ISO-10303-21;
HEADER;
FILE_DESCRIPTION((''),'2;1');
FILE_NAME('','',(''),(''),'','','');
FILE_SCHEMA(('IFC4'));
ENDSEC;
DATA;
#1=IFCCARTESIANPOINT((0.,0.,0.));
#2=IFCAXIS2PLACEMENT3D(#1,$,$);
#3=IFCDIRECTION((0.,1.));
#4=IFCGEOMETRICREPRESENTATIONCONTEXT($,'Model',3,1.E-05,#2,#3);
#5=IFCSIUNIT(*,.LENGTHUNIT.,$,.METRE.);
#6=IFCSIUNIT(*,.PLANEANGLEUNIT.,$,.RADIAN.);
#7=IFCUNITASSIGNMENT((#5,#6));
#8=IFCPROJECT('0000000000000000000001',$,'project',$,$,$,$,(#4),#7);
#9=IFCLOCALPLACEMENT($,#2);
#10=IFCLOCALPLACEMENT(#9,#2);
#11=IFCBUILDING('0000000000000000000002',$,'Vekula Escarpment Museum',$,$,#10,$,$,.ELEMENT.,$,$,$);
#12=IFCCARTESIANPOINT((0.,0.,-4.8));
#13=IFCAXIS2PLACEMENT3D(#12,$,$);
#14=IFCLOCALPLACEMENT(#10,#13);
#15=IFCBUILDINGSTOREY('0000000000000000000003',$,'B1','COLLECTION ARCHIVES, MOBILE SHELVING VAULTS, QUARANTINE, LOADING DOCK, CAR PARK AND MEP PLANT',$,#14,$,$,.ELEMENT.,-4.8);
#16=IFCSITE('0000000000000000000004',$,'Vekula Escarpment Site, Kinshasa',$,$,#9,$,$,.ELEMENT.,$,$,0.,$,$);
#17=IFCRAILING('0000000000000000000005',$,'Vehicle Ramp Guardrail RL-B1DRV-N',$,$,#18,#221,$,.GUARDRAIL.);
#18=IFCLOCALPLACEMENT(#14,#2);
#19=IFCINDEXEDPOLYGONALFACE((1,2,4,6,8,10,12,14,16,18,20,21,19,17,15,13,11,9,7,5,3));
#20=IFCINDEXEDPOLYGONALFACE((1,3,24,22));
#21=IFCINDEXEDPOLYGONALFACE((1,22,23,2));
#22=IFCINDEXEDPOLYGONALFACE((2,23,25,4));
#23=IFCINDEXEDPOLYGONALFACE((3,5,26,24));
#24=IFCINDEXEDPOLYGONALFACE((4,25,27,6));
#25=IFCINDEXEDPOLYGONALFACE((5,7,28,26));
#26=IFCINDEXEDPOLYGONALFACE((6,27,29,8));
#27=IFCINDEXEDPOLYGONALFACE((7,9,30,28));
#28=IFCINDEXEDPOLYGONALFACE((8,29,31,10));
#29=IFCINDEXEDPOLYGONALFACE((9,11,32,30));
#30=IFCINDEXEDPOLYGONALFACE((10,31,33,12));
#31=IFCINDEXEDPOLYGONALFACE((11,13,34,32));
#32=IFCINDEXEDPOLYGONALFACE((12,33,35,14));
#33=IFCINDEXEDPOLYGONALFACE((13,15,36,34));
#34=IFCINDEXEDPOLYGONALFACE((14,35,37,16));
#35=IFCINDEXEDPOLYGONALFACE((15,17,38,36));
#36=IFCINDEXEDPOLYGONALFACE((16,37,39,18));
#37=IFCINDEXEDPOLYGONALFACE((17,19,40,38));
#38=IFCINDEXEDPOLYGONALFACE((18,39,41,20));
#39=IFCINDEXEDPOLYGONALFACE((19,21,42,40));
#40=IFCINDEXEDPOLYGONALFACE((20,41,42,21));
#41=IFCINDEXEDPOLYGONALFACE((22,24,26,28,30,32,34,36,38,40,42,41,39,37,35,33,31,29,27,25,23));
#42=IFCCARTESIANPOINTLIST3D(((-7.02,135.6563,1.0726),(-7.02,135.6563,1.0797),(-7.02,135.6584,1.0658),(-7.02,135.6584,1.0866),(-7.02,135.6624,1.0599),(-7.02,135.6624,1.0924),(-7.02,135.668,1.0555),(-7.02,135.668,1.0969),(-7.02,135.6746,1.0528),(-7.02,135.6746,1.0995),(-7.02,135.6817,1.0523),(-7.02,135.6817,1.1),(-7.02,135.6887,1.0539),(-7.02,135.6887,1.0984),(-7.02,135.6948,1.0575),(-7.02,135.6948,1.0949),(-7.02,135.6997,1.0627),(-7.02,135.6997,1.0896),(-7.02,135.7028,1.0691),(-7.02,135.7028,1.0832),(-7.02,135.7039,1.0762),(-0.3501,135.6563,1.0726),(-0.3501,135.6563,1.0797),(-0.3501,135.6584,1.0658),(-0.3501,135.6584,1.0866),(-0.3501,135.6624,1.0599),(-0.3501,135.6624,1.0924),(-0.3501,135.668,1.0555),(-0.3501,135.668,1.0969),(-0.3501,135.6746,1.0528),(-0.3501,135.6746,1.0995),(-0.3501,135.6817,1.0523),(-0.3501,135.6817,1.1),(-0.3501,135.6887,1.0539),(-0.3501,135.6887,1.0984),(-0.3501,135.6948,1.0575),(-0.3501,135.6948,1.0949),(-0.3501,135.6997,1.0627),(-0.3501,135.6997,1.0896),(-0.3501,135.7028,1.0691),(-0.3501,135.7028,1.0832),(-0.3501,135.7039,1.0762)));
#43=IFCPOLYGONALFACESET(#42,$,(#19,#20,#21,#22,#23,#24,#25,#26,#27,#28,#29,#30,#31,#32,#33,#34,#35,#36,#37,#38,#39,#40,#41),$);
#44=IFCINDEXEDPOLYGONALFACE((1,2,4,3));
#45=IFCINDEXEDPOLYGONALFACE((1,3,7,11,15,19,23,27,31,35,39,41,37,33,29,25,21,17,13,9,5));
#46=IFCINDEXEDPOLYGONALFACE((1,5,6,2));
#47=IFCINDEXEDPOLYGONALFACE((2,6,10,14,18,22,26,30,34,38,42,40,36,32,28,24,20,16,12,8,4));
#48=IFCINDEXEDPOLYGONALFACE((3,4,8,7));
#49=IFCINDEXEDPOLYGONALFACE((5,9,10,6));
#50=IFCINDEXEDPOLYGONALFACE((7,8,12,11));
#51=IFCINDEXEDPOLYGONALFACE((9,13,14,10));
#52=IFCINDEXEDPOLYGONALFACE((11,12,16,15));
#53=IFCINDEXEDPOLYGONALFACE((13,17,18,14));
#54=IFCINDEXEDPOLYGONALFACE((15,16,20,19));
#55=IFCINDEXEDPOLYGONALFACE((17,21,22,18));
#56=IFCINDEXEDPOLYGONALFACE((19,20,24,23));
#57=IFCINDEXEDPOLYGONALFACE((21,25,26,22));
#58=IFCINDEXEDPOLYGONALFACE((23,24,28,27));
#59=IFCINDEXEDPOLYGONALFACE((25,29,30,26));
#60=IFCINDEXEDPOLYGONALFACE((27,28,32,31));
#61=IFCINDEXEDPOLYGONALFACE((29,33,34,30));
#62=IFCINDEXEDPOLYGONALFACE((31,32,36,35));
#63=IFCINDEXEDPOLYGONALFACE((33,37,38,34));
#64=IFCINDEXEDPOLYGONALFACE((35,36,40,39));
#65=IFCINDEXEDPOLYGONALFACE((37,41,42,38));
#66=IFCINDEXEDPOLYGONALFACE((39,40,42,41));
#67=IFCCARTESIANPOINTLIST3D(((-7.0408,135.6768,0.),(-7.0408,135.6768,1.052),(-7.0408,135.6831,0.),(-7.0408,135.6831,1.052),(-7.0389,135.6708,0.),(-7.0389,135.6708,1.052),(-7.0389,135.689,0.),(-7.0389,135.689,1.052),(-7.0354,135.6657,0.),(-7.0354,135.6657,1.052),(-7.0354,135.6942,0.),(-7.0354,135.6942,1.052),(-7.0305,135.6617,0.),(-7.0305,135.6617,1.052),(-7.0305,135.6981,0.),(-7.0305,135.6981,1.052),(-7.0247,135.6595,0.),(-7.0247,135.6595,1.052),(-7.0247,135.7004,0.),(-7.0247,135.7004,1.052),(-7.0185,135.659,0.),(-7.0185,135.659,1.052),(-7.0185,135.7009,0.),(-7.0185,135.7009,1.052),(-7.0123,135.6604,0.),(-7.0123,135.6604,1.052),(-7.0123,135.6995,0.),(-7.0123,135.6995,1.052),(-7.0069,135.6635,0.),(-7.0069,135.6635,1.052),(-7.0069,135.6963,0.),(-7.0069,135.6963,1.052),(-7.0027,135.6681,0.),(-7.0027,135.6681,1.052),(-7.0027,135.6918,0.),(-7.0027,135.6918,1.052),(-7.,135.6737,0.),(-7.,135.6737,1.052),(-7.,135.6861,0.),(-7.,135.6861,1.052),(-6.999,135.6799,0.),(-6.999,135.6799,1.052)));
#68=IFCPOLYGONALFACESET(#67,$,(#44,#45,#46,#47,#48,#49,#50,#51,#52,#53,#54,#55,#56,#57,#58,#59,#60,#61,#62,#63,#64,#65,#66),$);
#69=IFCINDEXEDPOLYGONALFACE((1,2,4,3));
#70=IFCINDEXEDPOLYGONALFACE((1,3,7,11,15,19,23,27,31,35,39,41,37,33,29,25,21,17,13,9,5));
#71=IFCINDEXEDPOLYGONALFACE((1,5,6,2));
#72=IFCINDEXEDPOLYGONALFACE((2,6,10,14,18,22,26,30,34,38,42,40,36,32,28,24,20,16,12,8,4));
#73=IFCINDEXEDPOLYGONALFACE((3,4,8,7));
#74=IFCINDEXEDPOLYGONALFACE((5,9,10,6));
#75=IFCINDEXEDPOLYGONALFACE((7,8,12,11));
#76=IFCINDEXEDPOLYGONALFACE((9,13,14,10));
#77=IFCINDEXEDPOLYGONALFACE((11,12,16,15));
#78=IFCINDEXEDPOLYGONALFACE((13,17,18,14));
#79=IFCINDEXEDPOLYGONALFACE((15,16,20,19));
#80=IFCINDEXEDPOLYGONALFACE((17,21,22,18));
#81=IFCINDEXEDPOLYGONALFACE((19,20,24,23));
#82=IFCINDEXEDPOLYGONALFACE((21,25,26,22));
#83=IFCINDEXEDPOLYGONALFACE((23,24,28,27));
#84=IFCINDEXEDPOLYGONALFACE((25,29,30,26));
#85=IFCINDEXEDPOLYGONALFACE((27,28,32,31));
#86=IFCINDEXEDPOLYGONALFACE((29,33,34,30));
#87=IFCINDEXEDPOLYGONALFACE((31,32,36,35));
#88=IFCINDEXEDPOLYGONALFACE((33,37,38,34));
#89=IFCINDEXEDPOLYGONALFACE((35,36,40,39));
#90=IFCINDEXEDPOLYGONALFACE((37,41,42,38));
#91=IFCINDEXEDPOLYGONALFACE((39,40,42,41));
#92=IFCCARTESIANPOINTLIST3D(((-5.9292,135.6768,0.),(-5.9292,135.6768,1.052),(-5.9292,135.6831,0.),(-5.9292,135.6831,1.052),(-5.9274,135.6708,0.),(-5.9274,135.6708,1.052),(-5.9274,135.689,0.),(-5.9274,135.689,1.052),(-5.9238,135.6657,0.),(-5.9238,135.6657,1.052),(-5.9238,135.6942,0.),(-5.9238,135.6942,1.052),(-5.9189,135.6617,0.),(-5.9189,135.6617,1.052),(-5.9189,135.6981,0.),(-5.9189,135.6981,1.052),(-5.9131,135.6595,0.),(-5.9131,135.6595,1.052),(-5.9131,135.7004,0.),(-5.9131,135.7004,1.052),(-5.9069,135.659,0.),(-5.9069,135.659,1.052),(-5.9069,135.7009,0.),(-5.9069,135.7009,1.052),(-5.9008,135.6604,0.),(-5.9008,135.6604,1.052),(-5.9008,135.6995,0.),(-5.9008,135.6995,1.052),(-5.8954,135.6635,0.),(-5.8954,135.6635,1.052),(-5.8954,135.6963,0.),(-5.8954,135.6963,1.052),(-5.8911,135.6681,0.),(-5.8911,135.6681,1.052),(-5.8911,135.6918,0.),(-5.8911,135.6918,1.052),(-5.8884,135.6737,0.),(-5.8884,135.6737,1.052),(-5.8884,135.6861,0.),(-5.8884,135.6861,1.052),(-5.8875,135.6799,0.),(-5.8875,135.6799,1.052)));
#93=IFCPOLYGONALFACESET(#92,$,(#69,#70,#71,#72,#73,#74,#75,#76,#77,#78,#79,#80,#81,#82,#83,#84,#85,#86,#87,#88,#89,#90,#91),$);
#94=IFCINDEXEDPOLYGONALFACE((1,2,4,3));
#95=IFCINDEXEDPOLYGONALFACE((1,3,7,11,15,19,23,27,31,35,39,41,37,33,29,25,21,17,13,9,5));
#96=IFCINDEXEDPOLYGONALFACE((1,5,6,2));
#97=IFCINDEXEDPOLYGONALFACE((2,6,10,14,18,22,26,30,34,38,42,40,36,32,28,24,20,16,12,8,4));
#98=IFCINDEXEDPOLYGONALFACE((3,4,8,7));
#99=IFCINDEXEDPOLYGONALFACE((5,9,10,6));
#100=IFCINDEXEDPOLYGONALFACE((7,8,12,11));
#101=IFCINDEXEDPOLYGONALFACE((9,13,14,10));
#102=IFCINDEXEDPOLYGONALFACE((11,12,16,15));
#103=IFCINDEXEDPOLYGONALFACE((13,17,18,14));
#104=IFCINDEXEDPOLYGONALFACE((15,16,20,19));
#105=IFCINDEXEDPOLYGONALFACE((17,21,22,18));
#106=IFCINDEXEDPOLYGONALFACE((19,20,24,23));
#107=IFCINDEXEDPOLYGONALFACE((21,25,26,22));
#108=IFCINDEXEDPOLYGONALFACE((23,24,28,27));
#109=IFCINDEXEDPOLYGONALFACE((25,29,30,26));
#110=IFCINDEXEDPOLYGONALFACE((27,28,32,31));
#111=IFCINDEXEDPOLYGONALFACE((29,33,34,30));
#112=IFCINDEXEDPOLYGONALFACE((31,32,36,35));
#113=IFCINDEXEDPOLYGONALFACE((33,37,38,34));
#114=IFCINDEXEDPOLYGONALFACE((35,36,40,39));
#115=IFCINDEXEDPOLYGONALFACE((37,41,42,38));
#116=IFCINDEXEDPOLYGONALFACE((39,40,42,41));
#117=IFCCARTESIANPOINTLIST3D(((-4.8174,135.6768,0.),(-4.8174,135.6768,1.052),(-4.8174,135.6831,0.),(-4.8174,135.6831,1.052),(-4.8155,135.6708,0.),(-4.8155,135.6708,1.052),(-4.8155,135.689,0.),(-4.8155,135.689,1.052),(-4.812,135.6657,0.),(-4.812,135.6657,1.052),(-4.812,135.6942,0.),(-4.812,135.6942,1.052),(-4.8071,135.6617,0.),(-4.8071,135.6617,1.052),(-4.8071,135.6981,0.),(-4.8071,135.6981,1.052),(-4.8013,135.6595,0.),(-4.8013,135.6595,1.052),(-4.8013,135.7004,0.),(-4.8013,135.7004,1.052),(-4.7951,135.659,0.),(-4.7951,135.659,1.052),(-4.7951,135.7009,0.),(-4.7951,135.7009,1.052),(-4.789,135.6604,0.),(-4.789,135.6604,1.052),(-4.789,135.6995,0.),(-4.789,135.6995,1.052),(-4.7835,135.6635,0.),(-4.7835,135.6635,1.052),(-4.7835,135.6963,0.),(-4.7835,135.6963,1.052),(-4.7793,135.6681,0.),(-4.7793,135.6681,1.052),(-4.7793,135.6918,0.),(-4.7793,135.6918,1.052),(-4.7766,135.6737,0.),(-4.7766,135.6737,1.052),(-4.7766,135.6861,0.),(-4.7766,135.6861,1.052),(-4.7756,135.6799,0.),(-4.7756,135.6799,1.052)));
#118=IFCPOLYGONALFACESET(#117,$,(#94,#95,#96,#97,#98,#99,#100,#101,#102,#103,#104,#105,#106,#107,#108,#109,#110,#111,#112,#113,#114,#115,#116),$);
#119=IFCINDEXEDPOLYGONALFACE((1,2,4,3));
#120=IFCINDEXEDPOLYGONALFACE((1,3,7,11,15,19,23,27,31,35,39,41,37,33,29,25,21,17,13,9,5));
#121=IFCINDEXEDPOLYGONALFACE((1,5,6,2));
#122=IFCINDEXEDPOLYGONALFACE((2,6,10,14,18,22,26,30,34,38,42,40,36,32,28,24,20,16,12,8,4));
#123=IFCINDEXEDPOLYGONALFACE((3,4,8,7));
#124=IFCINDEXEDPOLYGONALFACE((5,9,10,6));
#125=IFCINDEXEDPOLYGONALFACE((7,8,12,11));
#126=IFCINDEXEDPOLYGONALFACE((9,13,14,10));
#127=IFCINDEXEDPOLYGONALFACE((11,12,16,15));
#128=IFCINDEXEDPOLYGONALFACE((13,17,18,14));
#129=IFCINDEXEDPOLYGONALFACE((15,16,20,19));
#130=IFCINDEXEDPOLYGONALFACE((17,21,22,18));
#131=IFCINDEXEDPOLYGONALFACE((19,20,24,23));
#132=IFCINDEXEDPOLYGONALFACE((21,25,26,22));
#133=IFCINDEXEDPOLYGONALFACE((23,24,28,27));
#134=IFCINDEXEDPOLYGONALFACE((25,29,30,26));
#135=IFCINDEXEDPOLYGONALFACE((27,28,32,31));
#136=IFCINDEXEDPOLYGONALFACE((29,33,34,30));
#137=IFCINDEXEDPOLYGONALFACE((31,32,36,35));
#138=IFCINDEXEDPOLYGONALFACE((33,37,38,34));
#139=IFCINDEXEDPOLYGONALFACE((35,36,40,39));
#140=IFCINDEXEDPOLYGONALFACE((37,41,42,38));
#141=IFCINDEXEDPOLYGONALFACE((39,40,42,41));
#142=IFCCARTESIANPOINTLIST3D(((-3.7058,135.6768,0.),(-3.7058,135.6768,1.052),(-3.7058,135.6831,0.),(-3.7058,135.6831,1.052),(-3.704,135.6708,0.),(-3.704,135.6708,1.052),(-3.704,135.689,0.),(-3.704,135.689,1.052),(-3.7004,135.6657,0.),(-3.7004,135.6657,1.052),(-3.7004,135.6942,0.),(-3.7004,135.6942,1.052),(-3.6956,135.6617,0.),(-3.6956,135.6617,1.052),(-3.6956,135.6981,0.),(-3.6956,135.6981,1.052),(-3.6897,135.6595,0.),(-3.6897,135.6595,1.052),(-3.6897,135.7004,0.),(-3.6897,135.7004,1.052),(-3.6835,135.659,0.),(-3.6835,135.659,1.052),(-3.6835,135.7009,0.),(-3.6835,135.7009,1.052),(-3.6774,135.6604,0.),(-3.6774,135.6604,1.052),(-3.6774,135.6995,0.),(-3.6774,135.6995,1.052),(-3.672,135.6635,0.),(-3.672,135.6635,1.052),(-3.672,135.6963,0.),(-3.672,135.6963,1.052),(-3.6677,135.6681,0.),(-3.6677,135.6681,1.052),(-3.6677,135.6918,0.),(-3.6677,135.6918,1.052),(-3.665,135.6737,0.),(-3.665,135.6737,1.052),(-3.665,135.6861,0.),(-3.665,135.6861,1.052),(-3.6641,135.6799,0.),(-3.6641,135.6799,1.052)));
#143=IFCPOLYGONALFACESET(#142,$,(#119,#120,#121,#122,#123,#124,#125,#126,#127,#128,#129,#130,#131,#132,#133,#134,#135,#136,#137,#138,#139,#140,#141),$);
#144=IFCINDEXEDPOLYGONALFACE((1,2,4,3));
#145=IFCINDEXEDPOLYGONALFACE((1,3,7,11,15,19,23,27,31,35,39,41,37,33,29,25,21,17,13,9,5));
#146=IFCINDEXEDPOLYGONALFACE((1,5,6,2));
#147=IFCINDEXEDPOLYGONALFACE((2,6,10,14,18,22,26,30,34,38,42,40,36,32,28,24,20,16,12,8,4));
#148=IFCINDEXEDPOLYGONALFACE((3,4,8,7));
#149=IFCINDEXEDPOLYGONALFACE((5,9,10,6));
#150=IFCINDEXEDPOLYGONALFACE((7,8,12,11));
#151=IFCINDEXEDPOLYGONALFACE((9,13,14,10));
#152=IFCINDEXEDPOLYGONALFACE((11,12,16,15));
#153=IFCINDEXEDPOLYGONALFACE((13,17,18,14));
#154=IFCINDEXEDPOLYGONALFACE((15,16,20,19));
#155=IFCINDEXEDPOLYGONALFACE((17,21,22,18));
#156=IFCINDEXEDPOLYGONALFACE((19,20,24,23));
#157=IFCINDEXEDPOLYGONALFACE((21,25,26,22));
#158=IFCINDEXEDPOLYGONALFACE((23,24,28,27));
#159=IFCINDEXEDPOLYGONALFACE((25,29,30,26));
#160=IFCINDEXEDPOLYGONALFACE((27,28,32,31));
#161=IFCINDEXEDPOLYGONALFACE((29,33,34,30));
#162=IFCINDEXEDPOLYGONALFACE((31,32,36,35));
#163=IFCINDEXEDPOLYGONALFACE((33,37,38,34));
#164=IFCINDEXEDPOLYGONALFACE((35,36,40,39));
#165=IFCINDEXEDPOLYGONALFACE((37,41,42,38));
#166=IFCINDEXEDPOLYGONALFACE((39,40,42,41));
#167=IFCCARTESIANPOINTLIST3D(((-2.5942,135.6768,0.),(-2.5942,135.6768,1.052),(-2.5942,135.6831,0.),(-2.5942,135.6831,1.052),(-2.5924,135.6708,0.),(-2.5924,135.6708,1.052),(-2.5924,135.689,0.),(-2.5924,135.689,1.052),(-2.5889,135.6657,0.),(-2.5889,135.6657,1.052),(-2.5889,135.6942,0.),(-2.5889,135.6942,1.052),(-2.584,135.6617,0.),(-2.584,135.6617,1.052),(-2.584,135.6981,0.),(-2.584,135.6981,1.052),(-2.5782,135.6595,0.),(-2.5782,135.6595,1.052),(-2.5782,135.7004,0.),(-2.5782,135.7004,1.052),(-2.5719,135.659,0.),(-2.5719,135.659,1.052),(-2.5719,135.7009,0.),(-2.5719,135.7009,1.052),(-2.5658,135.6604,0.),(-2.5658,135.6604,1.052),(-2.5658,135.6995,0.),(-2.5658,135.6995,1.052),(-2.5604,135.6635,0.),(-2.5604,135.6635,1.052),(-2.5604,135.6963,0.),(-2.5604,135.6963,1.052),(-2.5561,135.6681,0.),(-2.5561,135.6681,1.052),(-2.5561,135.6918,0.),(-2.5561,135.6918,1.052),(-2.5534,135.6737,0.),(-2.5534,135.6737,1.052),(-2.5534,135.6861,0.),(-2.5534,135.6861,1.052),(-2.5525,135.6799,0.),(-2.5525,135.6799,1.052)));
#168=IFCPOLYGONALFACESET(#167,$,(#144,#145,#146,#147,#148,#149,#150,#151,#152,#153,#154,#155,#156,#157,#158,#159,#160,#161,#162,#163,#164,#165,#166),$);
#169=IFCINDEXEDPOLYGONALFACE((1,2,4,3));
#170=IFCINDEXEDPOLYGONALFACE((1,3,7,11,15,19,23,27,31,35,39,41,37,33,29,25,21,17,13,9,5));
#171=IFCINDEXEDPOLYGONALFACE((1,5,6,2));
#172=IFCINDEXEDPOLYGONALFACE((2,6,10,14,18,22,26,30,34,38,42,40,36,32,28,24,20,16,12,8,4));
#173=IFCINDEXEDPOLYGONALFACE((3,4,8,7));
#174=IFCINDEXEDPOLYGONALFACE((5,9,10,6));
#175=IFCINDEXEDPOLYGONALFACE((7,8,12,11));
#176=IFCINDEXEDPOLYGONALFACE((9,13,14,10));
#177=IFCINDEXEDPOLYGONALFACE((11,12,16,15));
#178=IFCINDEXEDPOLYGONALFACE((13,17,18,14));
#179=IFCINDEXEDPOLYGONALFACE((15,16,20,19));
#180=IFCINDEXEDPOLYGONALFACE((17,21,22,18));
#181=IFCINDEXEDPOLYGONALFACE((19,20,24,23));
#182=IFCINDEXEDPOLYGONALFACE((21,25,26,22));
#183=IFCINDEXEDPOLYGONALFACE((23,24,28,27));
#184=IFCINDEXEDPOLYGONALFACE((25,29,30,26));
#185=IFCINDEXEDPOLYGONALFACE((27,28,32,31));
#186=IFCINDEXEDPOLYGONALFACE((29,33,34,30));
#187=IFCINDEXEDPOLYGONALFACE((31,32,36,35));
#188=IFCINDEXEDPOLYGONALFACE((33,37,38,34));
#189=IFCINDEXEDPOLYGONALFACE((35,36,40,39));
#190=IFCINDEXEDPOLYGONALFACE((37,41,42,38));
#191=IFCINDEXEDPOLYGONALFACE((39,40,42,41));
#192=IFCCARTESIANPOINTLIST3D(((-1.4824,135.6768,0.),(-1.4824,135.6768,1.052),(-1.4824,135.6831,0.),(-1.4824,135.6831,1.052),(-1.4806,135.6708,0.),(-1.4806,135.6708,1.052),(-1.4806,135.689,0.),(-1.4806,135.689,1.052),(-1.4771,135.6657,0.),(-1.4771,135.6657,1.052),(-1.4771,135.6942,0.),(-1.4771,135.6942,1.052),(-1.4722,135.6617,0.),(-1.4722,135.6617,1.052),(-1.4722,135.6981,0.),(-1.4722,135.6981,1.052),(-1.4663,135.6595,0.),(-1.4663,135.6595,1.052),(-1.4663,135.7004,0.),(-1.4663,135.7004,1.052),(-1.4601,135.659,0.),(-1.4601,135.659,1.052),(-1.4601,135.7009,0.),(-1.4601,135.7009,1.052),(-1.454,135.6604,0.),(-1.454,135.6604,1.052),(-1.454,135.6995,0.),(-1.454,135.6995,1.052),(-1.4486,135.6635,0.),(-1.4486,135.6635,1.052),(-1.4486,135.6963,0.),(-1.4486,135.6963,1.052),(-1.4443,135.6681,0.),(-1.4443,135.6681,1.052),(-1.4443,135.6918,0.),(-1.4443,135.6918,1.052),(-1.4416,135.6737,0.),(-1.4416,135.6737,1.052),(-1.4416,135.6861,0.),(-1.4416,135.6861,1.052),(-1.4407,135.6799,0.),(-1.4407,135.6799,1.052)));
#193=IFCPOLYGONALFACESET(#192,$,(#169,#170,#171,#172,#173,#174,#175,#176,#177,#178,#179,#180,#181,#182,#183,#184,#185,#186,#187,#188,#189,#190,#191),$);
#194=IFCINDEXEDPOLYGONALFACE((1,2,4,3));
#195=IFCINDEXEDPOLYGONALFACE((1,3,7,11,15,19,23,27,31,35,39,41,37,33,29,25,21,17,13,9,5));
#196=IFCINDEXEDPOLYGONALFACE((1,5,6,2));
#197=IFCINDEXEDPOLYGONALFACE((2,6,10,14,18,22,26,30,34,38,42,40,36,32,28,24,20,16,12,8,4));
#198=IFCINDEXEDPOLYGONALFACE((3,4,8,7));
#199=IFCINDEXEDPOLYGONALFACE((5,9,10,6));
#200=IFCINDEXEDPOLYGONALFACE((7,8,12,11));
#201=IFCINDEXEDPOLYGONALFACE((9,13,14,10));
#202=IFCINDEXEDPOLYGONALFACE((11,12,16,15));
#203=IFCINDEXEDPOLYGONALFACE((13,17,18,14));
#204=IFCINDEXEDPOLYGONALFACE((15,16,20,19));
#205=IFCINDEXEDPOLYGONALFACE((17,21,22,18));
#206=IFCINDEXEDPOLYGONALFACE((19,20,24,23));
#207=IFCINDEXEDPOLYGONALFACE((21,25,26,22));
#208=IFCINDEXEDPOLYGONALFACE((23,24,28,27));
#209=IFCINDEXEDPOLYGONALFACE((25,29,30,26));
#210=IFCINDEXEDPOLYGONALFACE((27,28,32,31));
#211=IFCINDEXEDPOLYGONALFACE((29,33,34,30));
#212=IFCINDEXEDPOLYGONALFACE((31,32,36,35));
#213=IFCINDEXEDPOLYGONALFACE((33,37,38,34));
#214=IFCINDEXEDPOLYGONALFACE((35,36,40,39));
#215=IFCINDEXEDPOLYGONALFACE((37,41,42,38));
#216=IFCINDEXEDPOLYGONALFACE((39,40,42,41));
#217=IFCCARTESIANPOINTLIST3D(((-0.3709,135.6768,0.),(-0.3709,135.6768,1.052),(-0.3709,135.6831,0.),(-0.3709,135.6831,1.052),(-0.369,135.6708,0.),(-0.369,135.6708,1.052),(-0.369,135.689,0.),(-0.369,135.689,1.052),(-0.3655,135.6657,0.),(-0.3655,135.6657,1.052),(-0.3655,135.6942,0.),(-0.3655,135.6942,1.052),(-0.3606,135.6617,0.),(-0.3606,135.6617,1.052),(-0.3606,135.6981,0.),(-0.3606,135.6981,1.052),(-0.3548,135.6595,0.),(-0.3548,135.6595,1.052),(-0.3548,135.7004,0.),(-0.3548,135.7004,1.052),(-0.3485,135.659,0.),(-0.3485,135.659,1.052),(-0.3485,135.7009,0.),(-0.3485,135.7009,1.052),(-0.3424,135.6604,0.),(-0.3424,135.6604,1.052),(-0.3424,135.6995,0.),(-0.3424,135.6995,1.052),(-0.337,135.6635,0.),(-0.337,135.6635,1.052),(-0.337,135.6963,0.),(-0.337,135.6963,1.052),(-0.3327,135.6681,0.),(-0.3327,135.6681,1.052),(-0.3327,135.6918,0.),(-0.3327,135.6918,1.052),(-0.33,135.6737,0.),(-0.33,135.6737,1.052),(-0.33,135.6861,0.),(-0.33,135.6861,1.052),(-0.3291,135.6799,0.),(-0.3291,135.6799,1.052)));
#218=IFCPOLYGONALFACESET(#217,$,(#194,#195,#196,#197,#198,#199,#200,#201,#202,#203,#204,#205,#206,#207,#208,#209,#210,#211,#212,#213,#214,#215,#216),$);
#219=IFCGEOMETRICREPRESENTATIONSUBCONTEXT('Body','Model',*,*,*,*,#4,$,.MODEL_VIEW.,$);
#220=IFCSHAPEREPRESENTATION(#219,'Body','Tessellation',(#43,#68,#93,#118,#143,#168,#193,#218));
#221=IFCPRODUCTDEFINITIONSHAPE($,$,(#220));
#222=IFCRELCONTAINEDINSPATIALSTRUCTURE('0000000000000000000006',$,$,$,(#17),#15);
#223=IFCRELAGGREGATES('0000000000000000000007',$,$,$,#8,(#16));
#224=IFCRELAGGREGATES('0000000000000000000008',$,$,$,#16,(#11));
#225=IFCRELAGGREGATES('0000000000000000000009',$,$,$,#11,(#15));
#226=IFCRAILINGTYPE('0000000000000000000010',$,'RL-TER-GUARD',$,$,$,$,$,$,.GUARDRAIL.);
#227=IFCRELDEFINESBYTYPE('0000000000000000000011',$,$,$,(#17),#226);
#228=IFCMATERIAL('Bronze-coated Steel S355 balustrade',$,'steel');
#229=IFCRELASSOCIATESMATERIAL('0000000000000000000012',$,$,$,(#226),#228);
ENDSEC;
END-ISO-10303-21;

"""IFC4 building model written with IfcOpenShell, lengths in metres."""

from ifc_helpers import new_model, si_unit, direction, frame, origin, origin_2d, place, context, subcontext, project, spatial, circle, extrude, material, type_object, element, save


model = new_model("IFC4")

# Units and contexts
model_context = context("Model", 3, precision=1e-05, world=origin(), true_north=direction((0.0, 1.0)))
body_context = subcontext(model_context, "Body", "Model", "MODEL_VIEW")
ifc_project = project(units=[si_unit("LENGTHUNIT", "METRE"), si_unit("PLANEANGLEUNIT", "RADIAN")], contexts=[model_context])

# Site, building, storey
site_placement = place(None, origin())
site = spatial("IfcSite", under=ifc_project, at=site_placement, Name="Vekula Escarpment Site, Kinshasa", CompositionType="ELEMENT", RefElevation=0.0)
building_placement = place(site_placement, origin())
building = spatial("IfcBuilding", under=site, at=building_placement, Name="Vekula Escarpment Museum", CompositionType="ELEMENT")
storey_placement = place(building_placement, frame((0.0, 0.0, -4.8)))
storey = spatial("IfcBuildingStorey", under=building, at=storey_placement, Name="B1", Description="COLLECTION ARCHIVES, MOBILE SHELVING VAULTS, QUARANTINE, LOADING DOCK, CAR PARK AND MEP PLANT", CompositionType="ELEMENT", Elevation=-4.8)

# Railing
ifc_material_1 = material(Name="Bronze-coated Steel S355 balustrade", Category="steel")
railing_type = type_object("IfcRailingType", Name="RL-TER-GUARD", PredefinedType="GUARDRAIL", material=ifc_material_1)
railing_placement = place(storey_placement, frame((-7.02, 135.6799, 0.0)))
element("IfcRailing", 1, at=railing_placement, inside=storey, type_object=railing_type, Name="Vehicle Ramp Guardrail RL-B1DRV-N", PredefinedType="GUARDRAIL", context=body_context, shape_type="SweptSolid", body=[
    extrude(circle(Radius=0.0239, at=origin_2d()), frame((0.0, 0.0, 1.0762), z_axis=(1.0, 0.0, 0.0), x_axis=(0.0, 1.0, 0.0)), (0.0, 0.0, 1.0), 6.6699),
    extrude(circle(Radius=0.021, at=origin_2d()), origin(), (0.0, 0.0, 1.0), 1.052),
    extrude(circle(Radius=0.021, at=origin_2d()), frame((1.1116, 0.0, 0.0)), (0.0, 0.0, 1.0), 1.052),
    extrude(circle(Radius=0.021, at=origin_2d()), frame((2.2234, 0.0, 0.0)), (0.0, 0.0, 1.0), 1.052),
    extrude(circle(Radius=0.021, at=origin_2d()), frame((3.335, 0.0, 0.0)), (0.0, 0.0, 1.0), 1.052),
    extrude(circle(Radius=0.021, at=origin_2d()), frame((4.4465, 0.0, 0.0)), (0.0, 0.0, 1.0), 1.052),
    extrude(circle(Radius=0.021, at=origin_2d()), frame((5.5583, 0.0, 0.0)), (0.0, 0.0, 1.0), 1.052),
    extrude(circle(Radius=0.021, at=origin_2d()), frame((6.6699, 0.0, 0.0)), (0.0, 0.0, 1.0), 1.052),
])

save(model, "model.ifc")
